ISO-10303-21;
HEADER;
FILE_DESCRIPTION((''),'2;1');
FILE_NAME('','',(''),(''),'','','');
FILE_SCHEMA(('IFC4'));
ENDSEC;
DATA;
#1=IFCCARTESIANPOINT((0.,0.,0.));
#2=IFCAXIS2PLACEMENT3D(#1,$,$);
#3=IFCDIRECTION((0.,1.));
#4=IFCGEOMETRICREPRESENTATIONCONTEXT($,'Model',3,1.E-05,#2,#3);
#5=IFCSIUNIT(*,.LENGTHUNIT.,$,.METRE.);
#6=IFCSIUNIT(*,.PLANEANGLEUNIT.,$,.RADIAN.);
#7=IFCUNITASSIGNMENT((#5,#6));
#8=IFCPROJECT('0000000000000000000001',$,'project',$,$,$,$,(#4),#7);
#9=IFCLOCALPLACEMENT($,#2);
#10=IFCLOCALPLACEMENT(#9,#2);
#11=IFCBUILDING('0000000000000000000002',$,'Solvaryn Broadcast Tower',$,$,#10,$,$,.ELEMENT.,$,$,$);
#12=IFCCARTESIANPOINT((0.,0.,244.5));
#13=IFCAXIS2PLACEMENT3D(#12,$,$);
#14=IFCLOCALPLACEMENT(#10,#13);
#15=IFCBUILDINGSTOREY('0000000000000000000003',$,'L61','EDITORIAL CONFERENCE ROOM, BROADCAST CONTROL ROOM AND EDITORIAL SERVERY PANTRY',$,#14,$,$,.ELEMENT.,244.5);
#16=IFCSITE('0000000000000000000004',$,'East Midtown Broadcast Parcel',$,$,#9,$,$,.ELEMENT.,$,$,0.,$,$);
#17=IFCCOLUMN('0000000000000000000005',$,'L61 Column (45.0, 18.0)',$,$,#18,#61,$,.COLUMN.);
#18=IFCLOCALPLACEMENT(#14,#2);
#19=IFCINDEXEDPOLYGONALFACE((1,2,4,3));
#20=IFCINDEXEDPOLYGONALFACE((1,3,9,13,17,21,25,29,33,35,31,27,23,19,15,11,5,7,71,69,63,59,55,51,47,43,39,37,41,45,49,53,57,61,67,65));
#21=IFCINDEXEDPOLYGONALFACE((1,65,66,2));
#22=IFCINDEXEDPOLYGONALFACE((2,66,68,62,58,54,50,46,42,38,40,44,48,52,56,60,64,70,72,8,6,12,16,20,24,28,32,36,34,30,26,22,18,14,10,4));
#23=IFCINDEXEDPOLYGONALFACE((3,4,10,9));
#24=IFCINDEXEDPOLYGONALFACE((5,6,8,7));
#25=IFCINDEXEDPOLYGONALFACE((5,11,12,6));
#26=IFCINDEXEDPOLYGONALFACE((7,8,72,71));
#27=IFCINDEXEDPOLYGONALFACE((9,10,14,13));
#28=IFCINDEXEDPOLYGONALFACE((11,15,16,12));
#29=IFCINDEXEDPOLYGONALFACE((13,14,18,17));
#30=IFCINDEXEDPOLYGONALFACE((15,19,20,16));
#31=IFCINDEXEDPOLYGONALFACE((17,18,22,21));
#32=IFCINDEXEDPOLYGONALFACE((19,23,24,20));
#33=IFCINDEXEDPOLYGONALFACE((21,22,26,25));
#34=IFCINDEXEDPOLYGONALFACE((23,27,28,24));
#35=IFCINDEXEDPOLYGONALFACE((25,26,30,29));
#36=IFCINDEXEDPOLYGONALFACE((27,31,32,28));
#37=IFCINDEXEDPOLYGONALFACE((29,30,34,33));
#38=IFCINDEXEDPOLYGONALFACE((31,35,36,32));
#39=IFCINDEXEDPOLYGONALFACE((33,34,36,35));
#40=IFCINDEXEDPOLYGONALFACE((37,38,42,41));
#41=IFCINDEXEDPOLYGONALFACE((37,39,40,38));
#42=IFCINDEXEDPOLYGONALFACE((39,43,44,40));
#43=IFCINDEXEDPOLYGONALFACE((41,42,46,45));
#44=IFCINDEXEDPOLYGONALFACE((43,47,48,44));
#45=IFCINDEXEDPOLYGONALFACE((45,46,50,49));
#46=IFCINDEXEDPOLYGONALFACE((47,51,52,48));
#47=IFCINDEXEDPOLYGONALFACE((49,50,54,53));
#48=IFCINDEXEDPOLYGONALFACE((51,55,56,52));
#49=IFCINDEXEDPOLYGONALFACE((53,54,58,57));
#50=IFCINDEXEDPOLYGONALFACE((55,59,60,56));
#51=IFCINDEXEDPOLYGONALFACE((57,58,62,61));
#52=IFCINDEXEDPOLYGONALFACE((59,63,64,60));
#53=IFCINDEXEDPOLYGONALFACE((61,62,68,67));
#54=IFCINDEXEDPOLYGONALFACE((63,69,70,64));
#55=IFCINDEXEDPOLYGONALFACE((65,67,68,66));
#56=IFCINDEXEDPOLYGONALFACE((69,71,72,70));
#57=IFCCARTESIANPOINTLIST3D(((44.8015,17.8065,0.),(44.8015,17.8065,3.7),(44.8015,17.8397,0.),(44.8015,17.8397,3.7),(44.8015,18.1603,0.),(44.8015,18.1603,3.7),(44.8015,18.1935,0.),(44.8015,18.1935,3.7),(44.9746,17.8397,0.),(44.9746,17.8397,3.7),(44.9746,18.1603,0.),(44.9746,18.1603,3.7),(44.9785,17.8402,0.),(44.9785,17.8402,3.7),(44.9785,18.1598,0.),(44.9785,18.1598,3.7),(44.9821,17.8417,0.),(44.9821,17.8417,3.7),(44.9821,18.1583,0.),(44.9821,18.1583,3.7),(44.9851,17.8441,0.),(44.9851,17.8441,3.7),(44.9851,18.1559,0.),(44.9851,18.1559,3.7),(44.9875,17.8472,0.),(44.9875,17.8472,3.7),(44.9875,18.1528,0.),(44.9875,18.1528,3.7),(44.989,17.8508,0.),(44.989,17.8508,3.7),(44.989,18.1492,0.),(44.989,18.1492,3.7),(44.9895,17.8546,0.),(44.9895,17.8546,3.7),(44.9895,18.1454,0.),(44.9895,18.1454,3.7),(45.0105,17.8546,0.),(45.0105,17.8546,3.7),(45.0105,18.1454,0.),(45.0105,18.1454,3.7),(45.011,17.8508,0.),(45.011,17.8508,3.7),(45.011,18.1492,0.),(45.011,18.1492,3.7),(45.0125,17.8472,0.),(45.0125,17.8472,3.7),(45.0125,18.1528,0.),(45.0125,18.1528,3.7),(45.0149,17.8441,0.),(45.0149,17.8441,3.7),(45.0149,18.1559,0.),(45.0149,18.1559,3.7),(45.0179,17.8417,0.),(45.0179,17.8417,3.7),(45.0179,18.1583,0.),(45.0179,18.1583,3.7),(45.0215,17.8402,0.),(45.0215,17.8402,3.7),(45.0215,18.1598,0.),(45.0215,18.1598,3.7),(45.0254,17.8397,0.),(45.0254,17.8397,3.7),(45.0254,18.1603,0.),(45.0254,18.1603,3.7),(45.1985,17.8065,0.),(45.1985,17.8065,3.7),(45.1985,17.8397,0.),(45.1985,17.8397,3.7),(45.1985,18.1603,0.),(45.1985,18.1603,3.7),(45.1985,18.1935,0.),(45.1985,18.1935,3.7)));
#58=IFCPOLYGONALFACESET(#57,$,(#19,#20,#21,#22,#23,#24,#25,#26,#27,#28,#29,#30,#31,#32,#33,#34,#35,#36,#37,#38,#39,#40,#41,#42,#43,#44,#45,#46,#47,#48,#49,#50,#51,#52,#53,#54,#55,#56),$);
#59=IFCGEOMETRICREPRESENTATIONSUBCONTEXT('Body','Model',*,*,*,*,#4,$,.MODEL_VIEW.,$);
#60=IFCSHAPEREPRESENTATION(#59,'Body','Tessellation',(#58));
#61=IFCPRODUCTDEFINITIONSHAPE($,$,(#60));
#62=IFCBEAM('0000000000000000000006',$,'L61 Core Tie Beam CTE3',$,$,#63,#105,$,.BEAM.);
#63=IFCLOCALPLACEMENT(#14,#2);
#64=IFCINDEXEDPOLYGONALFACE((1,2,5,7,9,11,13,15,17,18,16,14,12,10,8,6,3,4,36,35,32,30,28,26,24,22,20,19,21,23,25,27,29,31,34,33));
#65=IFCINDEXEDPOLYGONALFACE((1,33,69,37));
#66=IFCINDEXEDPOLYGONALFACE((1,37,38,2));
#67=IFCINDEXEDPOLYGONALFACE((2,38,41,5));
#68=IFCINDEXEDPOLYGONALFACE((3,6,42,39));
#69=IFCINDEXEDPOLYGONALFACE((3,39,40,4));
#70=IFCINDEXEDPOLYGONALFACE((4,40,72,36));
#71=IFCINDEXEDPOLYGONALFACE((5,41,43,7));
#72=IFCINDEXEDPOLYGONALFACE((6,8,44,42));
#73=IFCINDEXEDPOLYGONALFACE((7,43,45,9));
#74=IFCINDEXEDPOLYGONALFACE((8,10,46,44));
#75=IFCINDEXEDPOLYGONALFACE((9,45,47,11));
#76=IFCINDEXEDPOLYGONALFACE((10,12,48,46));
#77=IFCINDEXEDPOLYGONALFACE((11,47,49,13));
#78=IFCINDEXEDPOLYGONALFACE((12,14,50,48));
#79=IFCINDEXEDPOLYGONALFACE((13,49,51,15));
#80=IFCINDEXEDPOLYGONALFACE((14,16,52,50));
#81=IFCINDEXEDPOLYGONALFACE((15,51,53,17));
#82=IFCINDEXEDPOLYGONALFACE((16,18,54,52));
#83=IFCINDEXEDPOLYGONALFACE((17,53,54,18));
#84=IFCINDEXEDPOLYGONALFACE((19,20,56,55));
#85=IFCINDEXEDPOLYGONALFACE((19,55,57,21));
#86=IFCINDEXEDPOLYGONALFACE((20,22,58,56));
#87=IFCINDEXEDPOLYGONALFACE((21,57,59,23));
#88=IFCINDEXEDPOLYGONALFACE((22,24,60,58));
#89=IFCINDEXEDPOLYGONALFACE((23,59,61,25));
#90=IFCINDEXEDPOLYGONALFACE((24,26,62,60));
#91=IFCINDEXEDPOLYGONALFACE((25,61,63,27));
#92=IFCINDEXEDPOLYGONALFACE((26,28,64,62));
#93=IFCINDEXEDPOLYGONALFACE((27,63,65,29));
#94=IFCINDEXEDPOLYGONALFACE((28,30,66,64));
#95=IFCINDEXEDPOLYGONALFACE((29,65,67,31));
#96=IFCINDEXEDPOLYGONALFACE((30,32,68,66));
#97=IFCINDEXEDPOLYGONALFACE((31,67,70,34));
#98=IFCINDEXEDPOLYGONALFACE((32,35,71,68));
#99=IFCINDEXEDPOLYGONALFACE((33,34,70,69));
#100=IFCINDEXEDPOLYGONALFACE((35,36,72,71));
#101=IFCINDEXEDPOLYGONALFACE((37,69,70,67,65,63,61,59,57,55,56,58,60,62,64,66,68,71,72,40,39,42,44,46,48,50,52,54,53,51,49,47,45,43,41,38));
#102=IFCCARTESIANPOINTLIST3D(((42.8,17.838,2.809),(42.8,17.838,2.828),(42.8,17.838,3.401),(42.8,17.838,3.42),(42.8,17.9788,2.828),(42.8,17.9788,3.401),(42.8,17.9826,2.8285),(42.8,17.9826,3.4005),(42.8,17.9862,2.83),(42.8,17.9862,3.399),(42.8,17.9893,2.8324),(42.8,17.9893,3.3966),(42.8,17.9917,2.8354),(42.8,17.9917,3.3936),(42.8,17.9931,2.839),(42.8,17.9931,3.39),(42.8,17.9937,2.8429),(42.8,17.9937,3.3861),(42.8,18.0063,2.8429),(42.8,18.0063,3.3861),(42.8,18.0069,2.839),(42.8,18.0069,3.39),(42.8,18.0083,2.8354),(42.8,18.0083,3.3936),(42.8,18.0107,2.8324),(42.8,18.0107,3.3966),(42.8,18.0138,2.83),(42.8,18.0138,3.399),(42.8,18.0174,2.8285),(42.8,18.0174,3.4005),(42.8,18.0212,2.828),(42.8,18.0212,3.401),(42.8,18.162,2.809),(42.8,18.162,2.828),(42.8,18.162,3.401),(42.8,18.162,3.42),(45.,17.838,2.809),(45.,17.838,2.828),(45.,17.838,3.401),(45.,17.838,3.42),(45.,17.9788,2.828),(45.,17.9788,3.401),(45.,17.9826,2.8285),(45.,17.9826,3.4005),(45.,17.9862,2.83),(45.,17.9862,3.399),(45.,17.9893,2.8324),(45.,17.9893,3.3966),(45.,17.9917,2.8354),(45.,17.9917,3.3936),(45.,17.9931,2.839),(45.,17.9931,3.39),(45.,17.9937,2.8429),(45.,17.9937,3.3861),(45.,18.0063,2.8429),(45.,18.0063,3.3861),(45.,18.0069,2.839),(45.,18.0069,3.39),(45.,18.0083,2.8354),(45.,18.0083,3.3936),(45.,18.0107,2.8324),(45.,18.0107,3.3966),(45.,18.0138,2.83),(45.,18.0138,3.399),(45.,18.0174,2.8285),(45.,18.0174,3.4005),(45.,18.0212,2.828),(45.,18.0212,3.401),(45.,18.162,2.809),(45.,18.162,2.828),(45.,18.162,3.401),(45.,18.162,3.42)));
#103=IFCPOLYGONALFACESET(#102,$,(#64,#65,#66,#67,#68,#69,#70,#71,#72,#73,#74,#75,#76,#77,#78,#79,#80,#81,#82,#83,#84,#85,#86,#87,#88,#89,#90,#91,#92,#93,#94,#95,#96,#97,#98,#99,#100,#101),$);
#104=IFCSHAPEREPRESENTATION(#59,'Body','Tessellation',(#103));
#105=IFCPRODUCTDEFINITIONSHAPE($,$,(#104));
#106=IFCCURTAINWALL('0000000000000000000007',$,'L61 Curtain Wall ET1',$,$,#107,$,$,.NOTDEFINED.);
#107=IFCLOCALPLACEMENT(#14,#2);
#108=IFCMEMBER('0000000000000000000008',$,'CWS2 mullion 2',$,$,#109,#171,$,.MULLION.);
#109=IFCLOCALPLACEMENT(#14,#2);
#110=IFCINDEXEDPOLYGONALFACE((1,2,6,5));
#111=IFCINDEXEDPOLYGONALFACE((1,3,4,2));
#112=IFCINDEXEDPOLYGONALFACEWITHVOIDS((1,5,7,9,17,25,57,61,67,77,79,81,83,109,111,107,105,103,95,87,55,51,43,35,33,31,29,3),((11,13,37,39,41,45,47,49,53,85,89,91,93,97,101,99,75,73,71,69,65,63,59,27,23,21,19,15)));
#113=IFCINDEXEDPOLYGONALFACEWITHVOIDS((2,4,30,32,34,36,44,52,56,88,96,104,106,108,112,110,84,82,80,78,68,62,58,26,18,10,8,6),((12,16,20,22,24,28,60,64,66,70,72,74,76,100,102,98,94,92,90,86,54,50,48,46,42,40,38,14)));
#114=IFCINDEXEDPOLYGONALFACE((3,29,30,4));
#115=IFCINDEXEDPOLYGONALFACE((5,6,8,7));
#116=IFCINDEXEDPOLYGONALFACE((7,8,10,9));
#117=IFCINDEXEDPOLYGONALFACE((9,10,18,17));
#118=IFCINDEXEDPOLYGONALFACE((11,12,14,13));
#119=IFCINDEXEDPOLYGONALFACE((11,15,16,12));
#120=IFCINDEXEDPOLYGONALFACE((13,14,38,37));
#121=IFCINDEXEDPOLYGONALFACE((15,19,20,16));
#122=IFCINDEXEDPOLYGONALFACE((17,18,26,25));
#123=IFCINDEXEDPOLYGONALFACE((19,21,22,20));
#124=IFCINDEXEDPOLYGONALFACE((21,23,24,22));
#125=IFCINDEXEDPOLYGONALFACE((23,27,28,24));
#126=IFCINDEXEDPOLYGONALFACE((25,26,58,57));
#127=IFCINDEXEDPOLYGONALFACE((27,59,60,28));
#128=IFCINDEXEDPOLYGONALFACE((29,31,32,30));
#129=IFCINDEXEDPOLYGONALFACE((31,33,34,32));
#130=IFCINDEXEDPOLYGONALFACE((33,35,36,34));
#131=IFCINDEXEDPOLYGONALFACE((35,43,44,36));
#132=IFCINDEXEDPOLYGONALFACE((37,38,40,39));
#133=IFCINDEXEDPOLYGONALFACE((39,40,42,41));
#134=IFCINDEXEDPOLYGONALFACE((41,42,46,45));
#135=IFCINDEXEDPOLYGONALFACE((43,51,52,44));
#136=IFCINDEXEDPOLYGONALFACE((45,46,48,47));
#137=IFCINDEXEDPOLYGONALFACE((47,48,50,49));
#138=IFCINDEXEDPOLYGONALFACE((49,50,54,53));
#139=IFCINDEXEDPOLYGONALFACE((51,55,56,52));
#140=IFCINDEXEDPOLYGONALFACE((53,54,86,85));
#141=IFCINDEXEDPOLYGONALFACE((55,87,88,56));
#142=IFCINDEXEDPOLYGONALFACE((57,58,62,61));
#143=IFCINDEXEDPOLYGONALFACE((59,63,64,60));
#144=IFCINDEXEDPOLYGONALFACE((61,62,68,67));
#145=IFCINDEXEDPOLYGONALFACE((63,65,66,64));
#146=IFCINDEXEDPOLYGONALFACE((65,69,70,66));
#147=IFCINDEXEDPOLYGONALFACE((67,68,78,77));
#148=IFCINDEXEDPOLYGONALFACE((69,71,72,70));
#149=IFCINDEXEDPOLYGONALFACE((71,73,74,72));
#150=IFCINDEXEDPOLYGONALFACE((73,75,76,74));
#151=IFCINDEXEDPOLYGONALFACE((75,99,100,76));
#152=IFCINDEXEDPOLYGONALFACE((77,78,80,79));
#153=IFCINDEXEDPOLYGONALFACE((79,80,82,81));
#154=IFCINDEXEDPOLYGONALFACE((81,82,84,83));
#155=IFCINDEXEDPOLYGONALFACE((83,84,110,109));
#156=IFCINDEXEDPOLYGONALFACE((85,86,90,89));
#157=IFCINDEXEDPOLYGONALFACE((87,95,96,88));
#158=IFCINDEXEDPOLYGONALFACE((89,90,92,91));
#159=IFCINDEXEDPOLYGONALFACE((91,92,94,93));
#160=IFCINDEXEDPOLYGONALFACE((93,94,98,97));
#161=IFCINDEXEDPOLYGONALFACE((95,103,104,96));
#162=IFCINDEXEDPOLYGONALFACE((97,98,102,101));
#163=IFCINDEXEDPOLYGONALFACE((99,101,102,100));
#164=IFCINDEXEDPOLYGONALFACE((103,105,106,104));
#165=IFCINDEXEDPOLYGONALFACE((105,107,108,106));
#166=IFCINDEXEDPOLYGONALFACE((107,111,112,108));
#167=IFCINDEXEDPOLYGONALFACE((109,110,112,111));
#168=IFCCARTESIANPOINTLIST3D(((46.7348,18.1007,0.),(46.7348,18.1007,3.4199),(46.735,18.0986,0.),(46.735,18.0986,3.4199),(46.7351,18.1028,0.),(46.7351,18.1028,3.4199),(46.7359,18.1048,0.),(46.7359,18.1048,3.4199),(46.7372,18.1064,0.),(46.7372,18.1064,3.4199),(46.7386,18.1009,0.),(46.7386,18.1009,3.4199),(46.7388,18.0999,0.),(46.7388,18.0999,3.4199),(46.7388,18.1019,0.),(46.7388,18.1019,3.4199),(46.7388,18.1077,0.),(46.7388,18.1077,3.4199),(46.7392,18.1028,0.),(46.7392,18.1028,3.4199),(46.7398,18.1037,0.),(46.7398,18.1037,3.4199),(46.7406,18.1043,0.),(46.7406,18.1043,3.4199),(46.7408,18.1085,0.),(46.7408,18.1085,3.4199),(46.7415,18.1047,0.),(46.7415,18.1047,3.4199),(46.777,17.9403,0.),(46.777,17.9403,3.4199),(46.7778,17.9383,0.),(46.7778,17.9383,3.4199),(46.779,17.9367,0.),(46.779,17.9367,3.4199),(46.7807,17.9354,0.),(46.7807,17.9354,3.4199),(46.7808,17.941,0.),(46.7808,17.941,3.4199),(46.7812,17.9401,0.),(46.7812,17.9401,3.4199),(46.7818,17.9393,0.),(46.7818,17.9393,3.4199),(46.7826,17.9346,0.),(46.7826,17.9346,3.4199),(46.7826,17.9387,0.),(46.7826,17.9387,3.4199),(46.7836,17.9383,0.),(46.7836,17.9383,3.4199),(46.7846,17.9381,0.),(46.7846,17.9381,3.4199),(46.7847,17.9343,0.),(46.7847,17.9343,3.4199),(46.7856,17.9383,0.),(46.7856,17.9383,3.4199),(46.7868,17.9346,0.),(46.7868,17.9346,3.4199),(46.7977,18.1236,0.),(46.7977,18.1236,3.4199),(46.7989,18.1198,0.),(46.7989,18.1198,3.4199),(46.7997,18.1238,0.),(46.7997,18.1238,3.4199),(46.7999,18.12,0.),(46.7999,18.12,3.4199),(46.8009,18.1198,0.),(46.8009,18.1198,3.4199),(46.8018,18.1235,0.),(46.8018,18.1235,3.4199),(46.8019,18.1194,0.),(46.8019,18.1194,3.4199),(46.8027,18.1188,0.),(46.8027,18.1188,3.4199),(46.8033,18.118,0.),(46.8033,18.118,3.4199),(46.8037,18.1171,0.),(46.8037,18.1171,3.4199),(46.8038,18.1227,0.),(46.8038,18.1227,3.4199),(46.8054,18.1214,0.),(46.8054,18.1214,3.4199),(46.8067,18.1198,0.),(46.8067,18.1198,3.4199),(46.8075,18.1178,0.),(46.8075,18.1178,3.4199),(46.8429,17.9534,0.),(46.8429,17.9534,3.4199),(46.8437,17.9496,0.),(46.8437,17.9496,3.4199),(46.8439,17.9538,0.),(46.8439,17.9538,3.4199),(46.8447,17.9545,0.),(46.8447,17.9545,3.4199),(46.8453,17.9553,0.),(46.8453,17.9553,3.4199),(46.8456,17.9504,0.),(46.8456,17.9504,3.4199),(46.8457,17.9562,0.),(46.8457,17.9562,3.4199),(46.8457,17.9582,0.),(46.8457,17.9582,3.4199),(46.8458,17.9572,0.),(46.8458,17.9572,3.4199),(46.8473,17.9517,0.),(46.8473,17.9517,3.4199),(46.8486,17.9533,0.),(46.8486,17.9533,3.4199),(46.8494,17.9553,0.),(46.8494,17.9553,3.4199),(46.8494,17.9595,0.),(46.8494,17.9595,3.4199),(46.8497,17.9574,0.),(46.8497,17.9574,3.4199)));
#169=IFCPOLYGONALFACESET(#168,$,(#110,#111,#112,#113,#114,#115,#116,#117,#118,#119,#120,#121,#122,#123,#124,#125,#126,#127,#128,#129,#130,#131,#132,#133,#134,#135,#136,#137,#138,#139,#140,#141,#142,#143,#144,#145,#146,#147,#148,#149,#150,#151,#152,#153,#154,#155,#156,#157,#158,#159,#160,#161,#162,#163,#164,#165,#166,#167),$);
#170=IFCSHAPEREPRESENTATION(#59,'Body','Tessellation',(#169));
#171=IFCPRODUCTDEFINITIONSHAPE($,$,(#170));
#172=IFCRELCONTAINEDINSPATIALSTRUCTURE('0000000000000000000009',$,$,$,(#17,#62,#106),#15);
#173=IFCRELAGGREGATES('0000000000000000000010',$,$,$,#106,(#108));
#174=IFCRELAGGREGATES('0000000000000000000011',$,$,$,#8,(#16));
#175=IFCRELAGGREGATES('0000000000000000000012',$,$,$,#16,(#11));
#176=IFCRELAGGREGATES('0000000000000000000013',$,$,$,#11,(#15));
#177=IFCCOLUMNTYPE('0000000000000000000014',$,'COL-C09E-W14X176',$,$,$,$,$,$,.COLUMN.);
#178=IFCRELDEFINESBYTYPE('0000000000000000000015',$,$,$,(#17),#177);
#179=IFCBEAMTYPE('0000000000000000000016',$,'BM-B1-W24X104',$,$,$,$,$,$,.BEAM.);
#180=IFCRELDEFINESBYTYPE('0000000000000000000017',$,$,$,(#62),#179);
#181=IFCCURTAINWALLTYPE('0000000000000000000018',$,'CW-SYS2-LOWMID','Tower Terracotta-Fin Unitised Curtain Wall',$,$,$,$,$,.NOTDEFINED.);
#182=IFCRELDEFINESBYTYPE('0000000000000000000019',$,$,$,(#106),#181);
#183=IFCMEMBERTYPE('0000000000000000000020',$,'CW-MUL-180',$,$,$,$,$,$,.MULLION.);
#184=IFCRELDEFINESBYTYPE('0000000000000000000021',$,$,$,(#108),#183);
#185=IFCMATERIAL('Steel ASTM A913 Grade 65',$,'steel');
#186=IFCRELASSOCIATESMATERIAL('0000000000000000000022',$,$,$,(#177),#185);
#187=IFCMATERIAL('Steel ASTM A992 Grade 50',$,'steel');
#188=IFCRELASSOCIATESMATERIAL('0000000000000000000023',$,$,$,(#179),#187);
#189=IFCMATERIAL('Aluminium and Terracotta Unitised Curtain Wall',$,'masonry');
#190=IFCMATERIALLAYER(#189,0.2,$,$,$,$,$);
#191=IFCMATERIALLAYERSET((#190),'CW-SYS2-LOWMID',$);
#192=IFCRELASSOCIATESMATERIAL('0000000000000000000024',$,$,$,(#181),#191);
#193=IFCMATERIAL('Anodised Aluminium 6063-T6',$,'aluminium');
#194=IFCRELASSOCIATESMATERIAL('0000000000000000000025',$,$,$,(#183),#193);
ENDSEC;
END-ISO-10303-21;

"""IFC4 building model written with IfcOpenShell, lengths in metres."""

from ifc_helpers import new_model, si_unit, direction, frame, origin, origin_2d, place, context, subcontext, project, spatial, hollow_rectangle, i_section, extrude, material, layer, layer_set, material_profile, profile_set, type_object, element, aggregate, save


model = new_model("IFC4")

# Units and contexts
model_context = context("Model", 3, precision=1e-05, world=origin(), true_north=direction((0.0, 1.0)))
body_context = subcontext(model_context, "Body", "Model", "MODEL_VIEW")
ifc_project = project(units=[si_unit("LENGTHUNIT", "METRE"), si_unit("PLANEANGLEUNIT", "RADIAN")], contexts=[model_context])

# Site, building, storey
site_placement = place(None, origin())
site = spatial("IfcSite", under=ifc_project, at=site_placement, Name="East Midtown Broadcast Parcel", CompositionType="ELEMENT", RefElevation=0.0)
building_placement = place(site_placement, origin())
building = spatial("IfcBuilding", under=site, at=building_placement, Name="Solvaryn Broadcast Tower", CompositionType="ELEMENT")
storey_placement = place(building_placement, frame((0.0, 0.0, 244.5)))
storey = spatial("IfcBuildingStorey", under=building, at=storey_placement, Name="L61", Description="EDITORIAL CONFERENCE ROOM, BROADCAST CONTROL ROOM AND EDITORIAL SERVERY PANTRY", CompositionType="ELEMENT", Elevation=244.5)

# Column
ifc_material_1 = material(Name="Steel ASTM A913 Grade 65", Category="steel")
ifc_material_profile_1 = material_profile(ifc_material_1, i_section(OverallWidth=0.397, OverallDepth=0.387, WebThickness=0.021, FlangeThickness=0.0332, FilletRadius=0.0149, at=origin_2d()))
ifc_profile_set_1 = profile_set([ifc_material_profile_1], Name="Steel ASTM A913 Grade 65")
column_type = type_object("IfcColumnType", Name="COL-C09E-W14X176", PredefinedType="COLUMN", material=ifc_profile_set_1)
column_placement = place(storey_placement, frame((45.0, 18.0, 0.0), z_axis=(0.0, 0.0, 1.0), x_axis=(1.0, 0.0, 0.0)))
element("IfcColumn", 1, at=column_placement, inside=storey, type_object=column_type, Name="L61 Column (45.0, 18.0)", PredefinedType="COLUMN", context=body_context, shape_type="SweptSolid", body=[
    extrude(i_section(OverallWidth=0.397, OverallDepth=0.387, WebThickness=0.021, FlangeThickness=0.0332, FilletRadius=0.0149, at=origin_2d()), origin(), (0.0, 0.0, 1.0), 3.7),
])

# Beam
ifc_material_2 = material(Name="Steel ASTM A992 Grade 50", Category="steel")
ifc_material_profile_2 = material_profile(ifc_material_2, i_section(OverallWidth=0.324, OverallDepth=0.6111, WebThickness=0.0127, FlangeThickness=0.019, FilletRadius=0.0149, at=origin_2d()))
ifc_profile_set_2 = profile_set([ifc_material_profile_2], Name="Steel ASTM A992 Grade 50")
beam_type = type_object("IfcBeamType", Name="BM-B1-W24X104", PredefinedType="BEAM", material=ifc_profile_set_2)
beam_placement = place(storey_placement, frame((42.8, 18.0, 3.1145), z_axis=(1.0, 0.0, 0.0), x_axis=(0.0, 1.0, 0.0)))
element("IfcBeam", 2, at=beam_placement, inside=storey, type_object=beam_type, Name="L61 Core Tie Beam CTE3", PredefinedType="BEAM", context=body_context, shape_type="SweptSolid", body=[
    extrude(i_section(OverallWidth=0.324, OverallDepth=0.6111, WebThickness=0.0127, FlangeThickness=0.019, FilletRadius=0.0149, at=origin_2d()), origin(), (0.0, 0.0, 1.0), 2.2),
])

# Curtain wall, member
ifc_material_3 = material(Name="Aluminium and Terracotta Unitised Curtain Wall", Category="masonry")
ifc_layer_1 = layer(ifc_material_3, 0.2)
ifc_layer_set_1 = layer_set([ifc_layer_1], Name="CW-SYS2-LOWMID")
curtain_wall_type = type_object("IfcCurtainWallType", Name="CW-SYS2-LOWMID", Description="Tower Terracotta-Fin Unitised Curtain Wall", PredefinedType="NOTDEFINED", material=ifc_layer_set_1)
curtain_wall_1_placement = place(storey_placement, origin())
curtain_wall_1 = element("IfcCurtainWall", 3, at=curtain_wall_1_placement, inside=storey, type_object=curtain_wall_type, Name="L61 Curtain Wall ET1", PredefinedType="NOTDEFINED")
ifc_material_4 = material(Name="Anodised Aluminium 6063-T6", Category="aluminium")
ifc_material_profile_3 = material_profile(ifc_material_4, hollow_rectangle(XDim=0.075, YDim=0.1799, WallThickness=0.0039, InnerFilletRadius=0.0039, OuterFilletRadius=0.0081, at=origin_2d()))
ifc_profile_set_3 = profile_set([ifc_material_profile_3], Name="Anodised Aluminium 6063-T6")
member_type_1 = type_object("IfcMemberType", Name="CW-MUL-180", PredefinedType="MULLION", material=ifc_profile_set_3)
member_1_placement = place(storey_placement, frame((46.7922, 18.0291, 0.0), z_axis=(0.0, 0.0, 1.0), x_axis=(0.966705, 0.255893, 0.0)))
member_1 = element("IfcMember", 4, at=member_1_placement, type_object=member_type_1, Name="CWS2 mullion 2", PredefinedType="MULLION", context=body_context, shape_type="SweptSolid", body=[
    extrude(hollow_rectangle(XDim=0.075, YDim=0.1799, WallThickness=0.0039, InnerFilletRadius=0.0039, OuterFilletRadius=0.0081, at=origin_2d()), origin(), (0.0, 0.0, 1.0), 3.4199),
])

aggregate(curtain_wall_1, [member_1])

save(model, "model.ifc")
